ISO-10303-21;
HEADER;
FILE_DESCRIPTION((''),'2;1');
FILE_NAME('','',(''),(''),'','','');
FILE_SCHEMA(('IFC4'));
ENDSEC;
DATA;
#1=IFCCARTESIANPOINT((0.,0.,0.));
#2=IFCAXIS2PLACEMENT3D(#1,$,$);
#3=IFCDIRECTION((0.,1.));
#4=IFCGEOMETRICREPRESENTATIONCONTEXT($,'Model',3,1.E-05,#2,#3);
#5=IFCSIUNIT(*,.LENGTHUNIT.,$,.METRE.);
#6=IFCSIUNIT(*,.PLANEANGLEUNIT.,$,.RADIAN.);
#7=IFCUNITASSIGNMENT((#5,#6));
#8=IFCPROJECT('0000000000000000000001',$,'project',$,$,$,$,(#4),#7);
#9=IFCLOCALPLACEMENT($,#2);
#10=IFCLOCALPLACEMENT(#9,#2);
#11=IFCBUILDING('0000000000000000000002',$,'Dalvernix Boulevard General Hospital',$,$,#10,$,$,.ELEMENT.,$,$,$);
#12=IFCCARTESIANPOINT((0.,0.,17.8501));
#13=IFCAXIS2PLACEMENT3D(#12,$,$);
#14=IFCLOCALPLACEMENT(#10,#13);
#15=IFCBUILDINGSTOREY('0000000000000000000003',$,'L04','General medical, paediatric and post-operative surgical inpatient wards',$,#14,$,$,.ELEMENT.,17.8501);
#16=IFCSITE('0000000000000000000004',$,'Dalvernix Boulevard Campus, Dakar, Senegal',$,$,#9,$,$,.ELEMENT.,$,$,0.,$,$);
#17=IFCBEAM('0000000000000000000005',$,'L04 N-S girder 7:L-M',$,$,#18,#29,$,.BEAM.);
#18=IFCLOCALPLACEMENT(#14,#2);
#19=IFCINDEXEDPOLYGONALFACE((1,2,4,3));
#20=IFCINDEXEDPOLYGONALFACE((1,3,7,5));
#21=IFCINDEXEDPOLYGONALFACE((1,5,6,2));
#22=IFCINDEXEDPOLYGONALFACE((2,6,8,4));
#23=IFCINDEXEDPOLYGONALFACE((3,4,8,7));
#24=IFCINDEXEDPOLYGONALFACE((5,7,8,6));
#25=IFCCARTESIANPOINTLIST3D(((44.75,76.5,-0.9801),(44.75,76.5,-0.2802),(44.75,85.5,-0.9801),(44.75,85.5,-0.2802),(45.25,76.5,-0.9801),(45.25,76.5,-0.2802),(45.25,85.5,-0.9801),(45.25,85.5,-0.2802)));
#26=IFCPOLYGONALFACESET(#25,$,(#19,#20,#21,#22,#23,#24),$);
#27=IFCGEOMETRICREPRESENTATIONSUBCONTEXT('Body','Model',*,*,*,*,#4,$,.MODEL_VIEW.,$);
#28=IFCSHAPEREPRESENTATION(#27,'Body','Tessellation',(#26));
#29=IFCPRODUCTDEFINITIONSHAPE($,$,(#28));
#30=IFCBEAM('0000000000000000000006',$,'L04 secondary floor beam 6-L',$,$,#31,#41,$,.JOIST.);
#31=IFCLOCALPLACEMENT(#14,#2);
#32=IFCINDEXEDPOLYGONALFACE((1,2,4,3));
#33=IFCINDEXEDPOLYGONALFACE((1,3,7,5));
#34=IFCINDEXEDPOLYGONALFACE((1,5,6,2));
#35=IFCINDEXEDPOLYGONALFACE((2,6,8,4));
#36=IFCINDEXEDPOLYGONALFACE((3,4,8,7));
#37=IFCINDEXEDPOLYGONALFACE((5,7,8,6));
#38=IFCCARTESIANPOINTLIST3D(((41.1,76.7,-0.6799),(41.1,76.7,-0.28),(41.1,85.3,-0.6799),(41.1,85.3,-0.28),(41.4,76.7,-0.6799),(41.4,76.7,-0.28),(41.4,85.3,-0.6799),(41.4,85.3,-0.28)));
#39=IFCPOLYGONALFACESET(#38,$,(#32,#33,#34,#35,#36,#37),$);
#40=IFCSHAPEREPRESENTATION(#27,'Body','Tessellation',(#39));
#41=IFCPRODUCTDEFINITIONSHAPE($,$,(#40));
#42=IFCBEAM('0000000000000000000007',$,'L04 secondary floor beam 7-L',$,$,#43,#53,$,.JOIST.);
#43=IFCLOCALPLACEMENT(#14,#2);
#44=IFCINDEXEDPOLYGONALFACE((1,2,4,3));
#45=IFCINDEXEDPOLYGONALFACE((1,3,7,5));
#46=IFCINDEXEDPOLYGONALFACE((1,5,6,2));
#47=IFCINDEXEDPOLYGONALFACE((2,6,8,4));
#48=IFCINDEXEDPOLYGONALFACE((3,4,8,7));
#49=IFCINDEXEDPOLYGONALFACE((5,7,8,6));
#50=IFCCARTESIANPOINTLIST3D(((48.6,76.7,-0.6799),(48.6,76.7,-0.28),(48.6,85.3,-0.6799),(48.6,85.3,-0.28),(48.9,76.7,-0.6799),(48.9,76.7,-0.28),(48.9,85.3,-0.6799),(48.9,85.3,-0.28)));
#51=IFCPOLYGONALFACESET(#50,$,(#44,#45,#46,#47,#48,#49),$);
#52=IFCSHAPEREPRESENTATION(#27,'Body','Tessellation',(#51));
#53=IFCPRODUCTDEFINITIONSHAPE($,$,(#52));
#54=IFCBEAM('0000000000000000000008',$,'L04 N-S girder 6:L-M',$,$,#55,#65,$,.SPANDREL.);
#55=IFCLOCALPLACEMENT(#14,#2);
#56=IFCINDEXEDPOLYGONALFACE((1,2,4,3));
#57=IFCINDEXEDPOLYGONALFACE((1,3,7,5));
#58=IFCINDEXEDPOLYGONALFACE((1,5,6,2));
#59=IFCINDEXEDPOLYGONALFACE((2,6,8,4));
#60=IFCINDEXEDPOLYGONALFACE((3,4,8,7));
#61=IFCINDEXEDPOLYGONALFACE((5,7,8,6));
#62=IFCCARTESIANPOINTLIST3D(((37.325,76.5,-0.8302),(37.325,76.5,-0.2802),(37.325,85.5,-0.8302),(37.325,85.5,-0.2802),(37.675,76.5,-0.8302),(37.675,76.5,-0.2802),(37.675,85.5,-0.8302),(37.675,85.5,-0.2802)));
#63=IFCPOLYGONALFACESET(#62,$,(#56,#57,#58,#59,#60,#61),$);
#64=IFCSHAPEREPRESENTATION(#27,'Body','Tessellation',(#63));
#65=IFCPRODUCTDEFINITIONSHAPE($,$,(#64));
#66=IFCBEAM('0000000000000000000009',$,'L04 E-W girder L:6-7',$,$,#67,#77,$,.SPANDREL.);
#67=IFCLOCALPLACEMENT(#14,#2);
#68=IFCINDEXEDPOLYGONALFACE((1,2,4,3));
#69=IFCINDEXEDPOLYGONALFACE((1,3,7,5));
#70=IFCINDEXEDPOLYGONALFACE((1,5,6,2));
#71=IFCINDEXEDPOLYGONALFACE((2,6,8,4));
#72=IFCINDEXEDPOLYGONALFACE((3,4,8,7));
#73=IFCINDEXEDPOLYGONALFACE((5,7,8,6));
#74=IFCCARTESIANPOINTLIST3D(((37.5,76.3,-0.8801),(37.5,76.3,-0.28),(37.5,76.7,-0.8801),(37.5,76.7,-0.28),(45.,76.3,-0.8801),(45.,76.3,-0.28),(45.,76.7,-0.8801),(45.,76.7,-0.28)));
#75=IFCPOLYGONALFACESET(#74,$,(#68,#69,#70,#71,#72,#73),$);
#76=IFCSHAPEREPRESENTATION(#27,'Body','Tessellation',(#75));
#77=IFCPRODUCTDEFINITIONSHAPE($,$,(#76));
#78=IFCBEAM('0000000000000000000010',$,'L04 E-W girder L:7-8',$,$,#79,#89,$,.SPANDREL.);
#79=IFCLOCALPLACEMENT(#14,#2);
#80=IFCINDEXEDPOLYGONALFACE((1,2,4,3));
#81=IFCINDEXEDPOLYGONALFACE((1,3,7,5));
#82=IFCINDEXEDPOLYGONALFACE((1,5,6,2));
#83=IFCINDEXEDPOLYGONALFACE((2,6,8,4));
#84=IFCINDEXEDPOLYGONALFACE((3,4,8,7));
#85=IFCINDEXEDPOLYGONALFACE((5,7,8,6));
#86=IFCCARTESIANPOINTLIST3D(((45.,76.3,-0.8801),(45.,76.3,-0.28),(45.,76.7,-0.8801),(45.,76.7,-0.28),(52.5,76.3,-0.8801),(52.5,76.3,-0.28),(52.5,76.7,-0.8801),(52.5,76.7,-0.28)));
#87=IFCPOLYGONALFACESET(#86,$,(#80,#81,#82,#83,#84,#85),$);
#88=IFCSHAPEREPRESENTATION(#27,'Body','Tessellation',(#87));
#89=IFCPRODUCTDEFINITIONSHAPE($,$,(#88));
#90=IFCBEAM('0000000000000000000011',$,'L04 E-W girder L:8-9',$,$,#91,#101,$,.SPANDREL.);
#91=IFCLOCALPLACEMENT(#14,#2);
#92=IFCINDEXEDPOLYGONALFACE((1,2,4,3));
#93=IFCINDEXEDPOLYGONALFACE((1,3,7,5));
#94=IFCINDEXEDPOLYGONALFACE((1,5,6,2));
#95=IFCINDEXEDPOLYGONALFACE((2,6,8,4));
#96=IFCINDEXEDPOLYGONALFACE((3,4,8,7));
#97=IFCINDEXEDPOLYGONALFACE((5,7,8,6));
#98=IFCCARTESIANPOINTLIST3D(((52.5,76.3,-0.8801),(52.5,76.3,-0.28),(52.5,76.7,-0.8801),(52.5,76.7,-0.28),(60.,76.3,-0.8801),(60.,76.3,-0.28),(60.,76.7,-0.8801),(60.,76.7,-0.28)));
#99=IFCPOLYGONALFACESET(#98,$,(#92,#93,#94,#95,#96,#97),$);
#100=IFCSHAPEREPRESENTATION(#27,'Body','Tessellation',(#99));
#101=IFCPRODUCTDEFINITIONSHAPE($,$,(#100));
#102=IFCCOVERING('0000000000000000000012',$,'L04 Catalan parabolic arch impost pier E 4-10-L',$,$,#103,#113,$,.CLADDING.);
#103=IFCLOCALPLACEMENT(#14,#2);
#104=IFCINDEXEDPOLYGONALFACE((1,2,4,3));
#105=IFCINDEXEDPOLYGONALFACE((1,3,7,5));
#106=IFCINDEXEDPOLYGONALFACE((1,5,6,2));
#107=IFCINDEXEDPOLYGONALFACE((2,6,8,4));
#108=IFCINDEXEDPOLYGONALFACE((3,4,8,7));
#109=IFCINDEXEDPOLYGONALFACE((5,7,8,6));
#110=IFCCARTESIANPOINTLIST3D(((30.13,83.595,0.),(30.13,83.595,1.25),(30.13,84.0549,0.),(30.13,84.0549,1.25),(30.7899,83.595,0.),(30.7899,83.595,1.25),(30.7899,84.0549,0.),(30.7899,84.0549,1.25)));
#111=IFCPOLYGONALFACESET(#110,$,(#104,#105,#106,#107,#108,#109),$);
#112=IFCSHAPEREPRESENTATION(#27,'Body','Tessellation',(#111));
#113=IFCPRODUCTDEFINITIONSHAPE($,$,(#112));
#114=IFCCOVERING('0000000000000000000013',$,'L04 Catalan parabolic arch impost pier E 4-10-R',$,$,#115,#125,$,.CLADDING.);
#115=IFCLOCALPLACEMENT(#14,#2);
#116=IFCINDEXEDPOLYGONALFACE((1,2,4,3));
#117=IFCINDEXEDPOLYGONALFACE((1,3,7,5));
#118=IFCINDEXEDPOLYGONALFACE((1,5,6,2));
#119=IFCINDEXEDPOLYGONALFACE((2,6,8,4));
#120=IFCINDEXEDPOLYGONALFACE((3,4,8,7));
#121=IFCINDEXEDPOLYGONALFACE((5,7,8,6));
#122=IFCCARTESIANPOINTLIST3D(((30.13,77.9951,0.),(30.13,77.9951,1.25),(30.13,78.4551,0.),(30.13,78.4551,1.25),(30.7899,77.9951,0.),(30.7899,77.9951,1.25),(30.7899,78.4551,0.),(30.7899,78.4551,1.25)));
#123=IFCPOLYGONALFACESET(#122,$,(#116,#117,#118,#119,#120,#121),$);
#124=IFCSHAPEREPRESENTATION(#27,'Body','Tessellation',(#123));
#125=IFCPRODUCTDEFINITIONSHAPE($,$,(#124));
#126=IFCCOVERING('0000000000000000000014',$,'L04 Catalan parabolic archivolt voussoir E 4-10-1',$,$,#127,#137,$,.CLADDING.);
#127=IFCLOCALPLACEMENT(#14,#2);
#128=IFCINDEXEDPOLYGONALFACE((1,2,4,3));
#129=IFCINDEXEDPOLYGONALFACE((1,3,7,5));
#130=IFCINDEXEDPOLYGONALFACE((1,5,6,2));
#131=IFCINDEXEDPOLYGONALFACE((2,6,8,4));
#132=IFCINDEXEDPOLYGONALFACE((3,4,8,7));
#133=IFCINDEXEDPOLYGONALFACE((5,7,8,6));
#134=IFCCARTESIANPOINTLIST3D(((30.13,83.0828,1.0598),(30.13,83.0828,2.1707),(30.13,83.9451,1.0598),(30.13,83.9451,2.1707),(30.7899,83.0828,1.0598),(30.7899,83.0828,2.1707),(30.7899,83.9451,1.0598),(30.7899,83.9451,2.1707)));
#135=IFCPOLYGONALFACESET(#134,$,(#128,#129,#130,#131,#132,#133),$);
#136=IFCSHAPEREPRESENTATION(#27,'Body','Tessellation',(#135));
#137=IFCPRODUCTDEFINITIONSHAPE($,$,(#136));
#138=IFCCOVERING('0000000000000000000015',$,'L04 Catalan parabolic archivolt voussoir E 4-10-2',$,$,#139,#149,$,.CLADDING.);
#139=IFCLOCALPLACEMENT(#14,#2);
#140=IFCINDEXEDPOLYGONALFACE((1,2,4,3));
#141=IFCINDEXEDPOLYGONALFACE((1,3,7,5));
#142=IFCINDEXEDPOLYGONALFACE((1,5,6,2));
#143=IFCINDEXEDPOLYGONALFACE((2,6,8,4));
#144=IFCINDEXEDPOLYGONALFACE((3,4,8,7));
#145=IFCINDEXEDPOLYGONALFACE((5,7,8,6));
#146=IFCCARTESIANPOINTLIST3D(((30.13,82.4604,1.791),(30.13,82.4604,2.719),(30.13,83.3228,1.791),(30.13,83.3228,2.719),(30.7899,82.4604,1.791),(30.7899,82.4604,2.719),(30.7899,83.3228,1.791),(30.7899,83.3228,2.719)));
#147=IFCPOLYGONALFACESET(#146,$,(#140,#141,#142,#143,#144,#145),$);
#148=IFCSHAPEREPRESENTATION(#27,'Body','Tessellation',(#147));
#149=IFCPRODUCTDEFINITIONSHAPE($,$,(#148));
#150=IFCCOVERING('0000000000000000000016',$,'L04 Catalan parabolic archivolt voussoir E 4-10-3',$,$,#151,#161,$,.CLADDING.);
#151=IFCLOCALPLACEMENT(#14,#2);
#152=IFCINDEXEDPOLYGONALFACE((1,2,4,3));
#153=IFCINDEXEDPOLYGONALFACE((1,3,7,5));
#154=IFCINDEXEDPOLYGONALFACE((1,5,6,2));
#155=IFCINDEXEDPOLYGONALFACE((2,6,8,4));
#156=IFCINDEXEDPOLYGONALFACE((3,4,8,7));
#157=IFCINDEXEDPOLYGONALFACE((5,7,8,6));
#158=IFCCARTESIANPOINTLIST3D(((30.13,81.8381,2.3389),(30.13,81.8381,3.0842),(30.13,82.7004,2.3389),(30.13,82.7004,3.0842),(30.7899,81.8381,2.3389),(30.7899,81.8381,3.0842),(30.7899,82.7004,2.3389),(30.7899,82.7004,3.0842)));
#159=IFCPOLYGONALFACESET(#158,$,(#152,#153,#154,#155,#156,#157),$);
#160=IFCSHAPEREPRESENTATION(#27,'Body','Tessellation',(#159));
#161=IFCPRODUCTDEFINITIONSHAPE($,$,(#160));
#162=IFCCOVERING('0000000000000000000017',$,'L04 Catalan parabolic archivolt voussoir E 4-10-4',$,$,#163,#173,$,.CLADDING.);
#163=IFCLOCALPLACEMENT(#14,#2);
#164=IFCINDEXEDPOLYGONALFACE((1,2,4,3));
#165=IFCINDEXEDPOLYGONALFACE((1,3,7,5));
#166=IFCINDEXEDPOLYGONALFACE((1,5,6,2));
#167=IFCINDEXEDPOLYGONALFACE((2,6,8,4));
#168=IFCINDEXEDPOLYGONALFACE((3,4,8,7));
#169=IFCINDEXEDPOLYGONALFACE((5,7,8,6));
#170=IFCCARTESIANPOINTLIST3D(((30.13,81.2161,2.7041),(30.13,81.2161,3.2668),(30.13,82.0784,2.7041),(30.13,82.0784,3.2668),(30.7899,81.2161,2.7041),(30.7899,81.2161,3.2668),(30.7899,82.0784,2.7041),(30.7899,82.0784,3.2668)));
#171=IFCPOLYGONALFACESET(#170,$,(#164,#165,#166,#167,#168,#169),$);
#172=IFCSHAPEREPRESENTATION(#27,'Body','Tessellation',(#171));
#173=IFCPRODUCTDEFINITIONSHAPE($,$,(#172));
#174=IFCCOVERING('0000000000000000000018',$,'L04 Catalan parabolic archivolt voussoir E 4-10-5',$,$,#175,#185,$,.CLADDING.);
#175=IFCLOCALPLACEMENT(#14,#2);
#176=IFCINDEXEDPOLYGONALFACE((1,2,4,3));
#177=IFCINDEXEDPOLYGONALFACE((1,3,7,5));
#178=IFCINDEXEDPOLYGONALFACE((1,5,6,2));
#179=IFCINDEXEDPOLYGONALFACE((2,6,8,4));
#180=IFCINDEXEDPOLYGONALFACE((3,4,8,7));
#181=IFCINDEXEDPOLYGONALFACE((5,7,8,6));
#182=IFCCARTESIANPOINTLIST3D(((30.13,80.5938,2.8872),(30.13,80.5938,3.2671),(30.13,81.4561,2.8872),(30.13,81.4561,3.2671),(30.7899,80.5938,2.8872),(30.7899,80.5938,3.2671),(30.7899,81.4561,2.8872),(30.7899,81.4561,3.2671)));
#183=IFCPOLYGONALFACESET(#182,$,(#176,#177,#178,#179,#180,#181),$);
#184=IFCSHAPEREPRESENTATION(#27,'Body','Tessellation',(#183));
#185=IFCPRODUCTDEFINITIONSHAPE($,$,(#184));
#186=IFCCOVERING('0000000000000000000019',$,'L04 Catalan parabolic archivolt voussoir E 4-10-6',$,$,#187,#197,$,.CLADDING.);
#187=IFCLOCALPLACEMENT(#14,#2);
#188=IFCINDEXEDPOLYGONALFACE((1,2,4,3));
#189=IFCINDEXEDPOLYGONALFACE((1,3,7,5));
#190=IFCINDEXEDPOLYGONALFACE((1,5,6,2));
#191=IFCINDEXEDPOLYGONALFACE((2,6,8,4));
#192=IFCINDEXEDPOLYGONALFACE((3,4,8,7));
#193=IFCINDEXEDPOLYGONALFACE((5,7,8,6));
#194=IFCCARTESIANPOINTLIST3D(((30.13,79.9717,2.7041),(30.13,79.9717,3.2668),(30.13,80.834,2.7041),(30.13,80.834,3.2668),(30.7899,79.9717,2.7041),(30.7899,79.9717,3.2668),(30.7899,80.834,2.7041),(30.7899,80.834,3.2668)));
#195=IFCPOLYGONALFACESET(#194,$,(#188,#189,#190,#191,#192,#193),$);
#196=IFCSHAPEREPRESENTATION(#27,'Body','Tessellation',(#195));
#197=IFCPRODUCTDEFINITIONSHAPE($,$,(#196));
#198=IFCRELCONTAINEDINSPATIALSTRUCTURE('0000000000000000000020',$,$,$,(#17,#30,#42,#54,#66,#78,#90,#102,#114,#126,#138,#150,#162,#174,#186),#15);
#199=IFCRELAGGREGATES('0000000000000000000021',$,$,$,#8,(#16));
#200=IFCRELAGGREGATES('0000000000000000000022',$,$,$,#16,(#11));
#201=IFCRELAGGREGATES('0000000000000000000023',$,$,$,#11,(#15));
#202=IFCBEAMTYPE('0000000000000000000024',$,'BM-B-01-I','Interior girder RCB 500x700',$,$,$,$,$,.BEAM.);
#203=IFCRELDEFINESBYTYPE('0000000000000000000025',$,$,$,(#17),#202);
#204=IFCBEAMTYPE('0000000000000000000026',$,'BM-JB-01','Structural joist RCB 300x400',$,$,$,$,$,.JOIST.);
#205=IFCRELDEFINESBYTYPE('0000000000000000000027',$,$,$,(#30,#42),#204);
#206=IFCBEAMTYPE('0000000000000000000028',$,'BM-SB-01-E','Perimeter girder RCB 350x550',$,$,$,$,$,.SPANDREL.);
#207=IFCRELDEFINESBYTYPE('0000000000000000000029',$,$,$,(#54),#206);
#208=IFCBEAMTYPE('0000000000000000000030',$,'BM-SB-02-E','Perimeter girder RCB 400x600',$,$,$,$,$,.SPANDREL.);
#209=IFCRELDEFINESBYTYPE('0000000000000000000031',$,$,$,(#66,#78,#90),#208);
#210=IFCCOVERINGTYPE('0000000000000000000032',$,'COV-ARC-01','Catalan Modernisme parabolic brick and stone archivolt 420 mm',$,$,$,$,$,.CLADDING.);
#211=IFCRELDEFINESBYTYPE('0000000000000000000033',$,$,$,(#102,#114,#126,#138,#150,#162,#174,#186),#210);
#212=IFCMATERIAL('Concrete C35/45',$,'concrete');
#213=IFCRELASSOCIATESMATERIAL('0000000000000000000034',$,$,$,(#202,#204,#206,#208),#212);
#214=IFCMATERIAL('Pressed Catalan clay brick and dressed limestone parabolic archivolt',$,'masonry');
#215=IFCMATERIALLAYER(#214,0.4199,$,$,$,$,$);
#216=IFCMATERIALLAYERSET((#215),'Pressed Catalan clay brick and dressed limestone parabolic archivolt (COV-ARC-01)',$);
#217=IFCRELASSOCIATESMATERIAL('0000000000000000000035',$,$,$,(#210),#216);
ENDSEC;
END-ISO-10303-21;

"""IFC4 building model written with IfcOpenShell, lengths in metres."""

from ifc_helpers import new_model, si_unit, direction, frame, origin, origin_2d, place, context, subcontext, project, spatial, rectangle, extrude, material, layer, layer_set, material_profile, profile_set, type_object, element, save


model = new_model("IFC4")

# Units and contexts
model_context = context("Model", 3, precision=1e-05, world=origin(), true_north=direction((0.0, 1.0)))
body_context = subcontext(model_context, "Body", "Model", "MODEL_VIEW")
ifc_project = project(units=[si_unit("LENGTHUNIT", "METRE"), si_unit("PLANEANGLEUNIT", "RADIAN")], contexts=[model_context])

# Site, building, storey
site_placement = place(None, origin())
site = spatial("IfcSite", under=ifc_project, at=site_placement, Name="Dalvernix Boulevard Campus, Dakar, Senegal", CompositionType="ELEMENT", RefElevation=0.0)
building_placement = place(site_placement, origin())
building = spatial("IfcBuilding", under=site, at=building_placement, Name="Dalvernix Boulevard General Hospital", CompositionType="ELEMENT")
storey_placement = place(building_placement, frame((0.0, 0.0, 17.8501)))
storey = spatial("IfcBuildingStorey", under=building, at=storey_placement, Name="L04", Description="General medical, paediatric and post-operative surgical inpatient wards", CompositionType="ELEMENT", Elevation=17.8501)

# Beams
ifc_material_1 = material(Name="Concrete C35/45", Category="concrete")
ifc_material_profile_1 = material_profile(ifc_material_1, rectangle(XDim=0.5, YDim=0.7, at=origin_2d()), Name="RCB 500x700")
ifc_profile_set_1 = profile_set([ifc_material_profile_1], Name="Concrete C35/45")
beam_type_1 = type_object("IfcBeamType", Name="BM-B-01-I", Description="Interior girder RCB 500x700", PredefinedType="BEAM", material=ifc_profile_set_1)
beam_1_placement = place(storey_placement, frame((45.0, 76.5, -0.6301), z_axis=(0.0, 1.0, 0.0), x_axis=(-1.0, 0.0, 0.0)))
element("IfcBeam", 1, at=beam_1_placement, inside=storey, type_object=beam_type_1, Name="L04 N-S girder 7:L-M", PredefinedType="BEAM", context=body_context, shape_type="SweptSolid", body=[
    extrude(rectangle(XDim=0.5, YDim=0.7, at=origin_2d()), origin(), (0.0, 0.0, 1.0), 9.0),
])
ifc_material_profile_2 = material_profile(ifc_material_1, rectangle(XDim=0.3, YDim=0.3999, at=origin_2d()), Name="RCB 300x400")
ifc_profile_set_2 = profile_set([ifc_material_profile_2], Name="Concrete C35/45")
beam_type_2 = type_object("IfcBeamType", Name="BM-JB-01", Description="Structural joist RCB 300x400", PredefinedType="JOIST", material=ifc_profile_set_2)
for number, where, z_axis, x_axis, name in (
    (2, (41.25, 76.7, -0.48), (0.0, 1.0, 0.0), (-1.0, 0.0, 0.0), "L04 secondary floor beam 6-L"),
    (3, (48.75, 76.7, -0.48), (0.0, 1.0, 0.0), (-1.0, 0.0, 0.0), "L04 secondary floor beam 7-L"),
):
    element("IfcBeam", number, at=place(storey_placement, frame(where, z_axis=z_axis, x_axis=x_axis)), inside=storey, type_object=beam_type_2, Name=name, PredefinedType="JOIST", context=body_context, shape_type="SweptSolid", body=[
        extrude(rectangle(XDim=0.3, YDim=0.3999, at=origin_2d()), origin(), (0.0, 0.0, 1.0), 8.6001),
    ])
ifc_material_profile_3 = material_profile(ifc_material_1, rectangle(XDim=0.3501, YDim=0.55, at=origin_2d()), Name="RCB 350x550")
ifc_profile_set_3 = profile_set([ifc_material_profile_3], Name="Concrete C35/45")
beam_type_3 = type_object("IfcBeamType", Name="BM-SB-01-E", Description="Perimeter girder RCB 350x550", PredefinedType="SPANDREL", material=ifc_profile_set_3)
beam_2_placement = place(storey_placement, frame((37.5, 76.5, -0.5552), z_axis=(0.0, 1.0, 0.0), x_axis=(-1.0, 0.0, 0.0)))
element("IfcBeam", 4, at=beam_2_placement, inside=storey, type_object=beam_type_3, Name="L04 N-S girder 6:L-M", PredefinedType="SPANDREL", context=body_context, shape_type="SweptSolid", body=[
    extrude(rectangle(XDim=0.3501, YDim=0.55, at=origin_2d()), origin(), (0.0, 0.0, 1.0), 9.0),
])
ifc_material_profile_4 = material_profile(ifc_material_1, rectangle(XDim=0.3999, YDim=0.6001, at=origin_2d()), Name="RCB 400x600")
ifc_profile_set_4 = profile_set([ifc_material_profile_4], Name="Concrete C35/45")
beam_type_4 = type_object("IfcBeamType", Name="BM-SB-02-E", Description="Perimeter girder RCB 400x600", PredefinedType="SPANDREL", material=ifc_profile_set_4)
for number, where, z_axis, x_axis, name in (
    (5, (37.5, 76.5, -0.5801), (1.0, 0.0, 0.0), (0.0, 1.0, 0.0), "L04 E-W girder L:6-7"),
    (6, (45.0, 76.5, -0.5801), (1.0, 0.0, 0.0), (0.0, 1.0, 0.0), "L04 E-W girder L:7-8"),
    (7, (52.5, 76.5, -0.5801), (1.0, 0.0, 0.0), (0.0, 1.0, 0.0), "L04 E-W girder L:8-9"),
):
    element("IfcBeam", number, at=place(storey_placement, frame(where, z_axis=z_axis, x_axis=x_axis)), inside=storey, type_object=beam_type_4, Name=name, PredefinedType="SPANDREL", context=body_context, shape_type="SweptSolid", body=[
        extrude(rectangle(XDim=0.3999, YDim=0.6001, at=origin_2d()), origin(), (0.0, 0.0, 1.0), 7.5),
    ])

# Coverings
ifc_material_2 = material(Name="Pressed Catalan clay brick and dressed limestone parabolic archivolt", Category="masonry")
ifc_layer_1 = layer(ifc_material_2, 0.4199)
ifc_layer_set_1 = layer_set([ifc_layer_1], Name="Pressed Catalan clay brick and dressed limestone parabolic archivolt (COV-ARC-01)")
covering_type_1 = type_object("IfcCoveringType", Name="COV-ARC-01", Description="Catalan Modernisme parabolic brick and stone archivolt 420 mm", PredefinedType="CLADDING", material=ifc_layer_set_1)
for number, where, z_axis, x_axis, name in (
    (8, (30.46, 83.825, 0.0), (0.0, 0.0, 1.0), (0.0, -1.0, 0.0), "L04 Catalan parabolic arch impost pier E 4-10-L"),
    (9, (30.46, 78.2251, 0.0), (0.0, 0.0, 1.0), (0.0, -1.0, 0.0), "L04 Catalan parabolic arch impost pier E 4-10-R"),
):
    element("IfcCovering", number, at=place(storey_placement, frame(where, z_axis=z_axis, x_axis=x_axis)), inside=storey, type_object=covering_type_1, Name=name, PredefinedType="CLADDING", context=body_context, shape_type="SweptSolid", body=[
        extrude(rectangle(XDim=0.46, YDim=0.6599, at=origin_2d()), origin(), (0.0, 0.0, 1.0), 1.25),
    ])
covering_1_placement = place(storey_placement, frame((30.46, 83.5139, 1.0598), z_axis=(0.0, 0.0, 1.0), x_axis=(0.0, -1.0, 0.0)))
element("IfcCovering", 10, at=covering_1_placement, inside=storey, type_object=covering_type_1, Name="L04 Catalan parabolic archivolt voussoir E 4-10-1", PredefinedType="CLADDING", context=body_context, shape_type="SweptSolid", body=[
    extrude(rectangle(XDim=0.8623, YDim=0.6599, at=origin_2d()), origin(), (0.0, 0.0, 1.0), 1.1108),
])
covering_2_placement = place(storey_placement, frame((30.46, 82.8916, 1.791), z_axis=(0.0, 0.0, 1.0), x_axis=(0.0, -1.0, 0.0)))
element("IfcCovering", 11, at=covering_2_placement, inside=storey, type_object=covering_type_1, Name="L04 Catalan parabolic archivolt voussoir E 4-10-2", PredefinedType="CLADDING", context=body_context, shape_type="SweptSolid", body=[
    extrude(rectangle(XDim=0.8623, YDim=0.6599, at=origin_2d()), origin(), (0.0, 0.0, 1.0), 0.928),
])
covering_3_placement = place(storey_placement, frame((30.46, 82.2693, 2.3389), z_axis=(0.0, 0.0, 1.0), x_axis=(0.0, -1.0, 0.0)))
element("IfcCovering", 12, at=covering_3_placement, inside=storey, type_object=covering_type_1, Name="L04 Catalan parabolic archivolt voussoir E 4-10-3", PredefinedType="CLADDING", context=body_context, shape_type="SweptSolid", body=[
    extrude(rectangle(XDim=0.8623, YDim=0.6599, at=origin_2d()), origin(), (0.0, 0.0, 1.0), 0.7454),
])
covering_4_placement = place(storey_placement, frame((30.46, 81.6472, 2.7041), z_axis=(0.0, 0.0, 1.0), x_axis=(0.0, -1.0, 0.0)))
element("IfcCovering", 13, at=covering_4_placement, inside=storey, type_object=covering_type_1, Name="L04 Catalan parabolic archivolt voussoir E 4-10-4", PredefinedType="CLADDING", context=body_context, shape_type="SweptSolid", body=[
    extrude(rectangle(XDim=0.8623, YDim=0.6599, at=origin_2d()), origin(), (0.0, 0.0, 1.0), 0.5627),
])
covering_5_placement = place(storey_placement, frame((30.46, 81.0249, 2.8872), z_axis=(0.0, 0.0, 1.0), x_axis=(0.0, -1.0, 0.0)))
element("IfcCovering", 14, at=covering_5_placement, inside=storey, type_object=covering_type_1, Name="L04 Catalan parabolic archivolt voussoir E 4-10-5", PredefinedType="CLADDING", context=body_context, shape_type="SweptSolid", body=[
    extrude(rectangle(XDim=0.8623, YDim=0.6599, at=origin_2d()), origin(), (0.0, 0.0, 1.0), 0.3799),
])
covering_6_placement = place(storey_placement, frame((30.46, 80.4028, 2.7041), z_axis=(0.0, 0.0, 1.0), x_axis=(0.0, -1.0, 0.0)))
element("IfcCovering", 15, at=covering_6_placement, inside=storey, type_object=covering_type_1, Name="L04 Catalan parabolic archivolt voussoir E 4-10-6", PredefinedType="CLADDING", context=body_context, shape_type="SweptSolid", body=[
    extrude(rectangle(XDim=0.8623, YDim=0.6599, at=origin_2d()), origin(), (0.0, 0.0, 1.0), 0.5627),
])

save(model, "model.ifc")
